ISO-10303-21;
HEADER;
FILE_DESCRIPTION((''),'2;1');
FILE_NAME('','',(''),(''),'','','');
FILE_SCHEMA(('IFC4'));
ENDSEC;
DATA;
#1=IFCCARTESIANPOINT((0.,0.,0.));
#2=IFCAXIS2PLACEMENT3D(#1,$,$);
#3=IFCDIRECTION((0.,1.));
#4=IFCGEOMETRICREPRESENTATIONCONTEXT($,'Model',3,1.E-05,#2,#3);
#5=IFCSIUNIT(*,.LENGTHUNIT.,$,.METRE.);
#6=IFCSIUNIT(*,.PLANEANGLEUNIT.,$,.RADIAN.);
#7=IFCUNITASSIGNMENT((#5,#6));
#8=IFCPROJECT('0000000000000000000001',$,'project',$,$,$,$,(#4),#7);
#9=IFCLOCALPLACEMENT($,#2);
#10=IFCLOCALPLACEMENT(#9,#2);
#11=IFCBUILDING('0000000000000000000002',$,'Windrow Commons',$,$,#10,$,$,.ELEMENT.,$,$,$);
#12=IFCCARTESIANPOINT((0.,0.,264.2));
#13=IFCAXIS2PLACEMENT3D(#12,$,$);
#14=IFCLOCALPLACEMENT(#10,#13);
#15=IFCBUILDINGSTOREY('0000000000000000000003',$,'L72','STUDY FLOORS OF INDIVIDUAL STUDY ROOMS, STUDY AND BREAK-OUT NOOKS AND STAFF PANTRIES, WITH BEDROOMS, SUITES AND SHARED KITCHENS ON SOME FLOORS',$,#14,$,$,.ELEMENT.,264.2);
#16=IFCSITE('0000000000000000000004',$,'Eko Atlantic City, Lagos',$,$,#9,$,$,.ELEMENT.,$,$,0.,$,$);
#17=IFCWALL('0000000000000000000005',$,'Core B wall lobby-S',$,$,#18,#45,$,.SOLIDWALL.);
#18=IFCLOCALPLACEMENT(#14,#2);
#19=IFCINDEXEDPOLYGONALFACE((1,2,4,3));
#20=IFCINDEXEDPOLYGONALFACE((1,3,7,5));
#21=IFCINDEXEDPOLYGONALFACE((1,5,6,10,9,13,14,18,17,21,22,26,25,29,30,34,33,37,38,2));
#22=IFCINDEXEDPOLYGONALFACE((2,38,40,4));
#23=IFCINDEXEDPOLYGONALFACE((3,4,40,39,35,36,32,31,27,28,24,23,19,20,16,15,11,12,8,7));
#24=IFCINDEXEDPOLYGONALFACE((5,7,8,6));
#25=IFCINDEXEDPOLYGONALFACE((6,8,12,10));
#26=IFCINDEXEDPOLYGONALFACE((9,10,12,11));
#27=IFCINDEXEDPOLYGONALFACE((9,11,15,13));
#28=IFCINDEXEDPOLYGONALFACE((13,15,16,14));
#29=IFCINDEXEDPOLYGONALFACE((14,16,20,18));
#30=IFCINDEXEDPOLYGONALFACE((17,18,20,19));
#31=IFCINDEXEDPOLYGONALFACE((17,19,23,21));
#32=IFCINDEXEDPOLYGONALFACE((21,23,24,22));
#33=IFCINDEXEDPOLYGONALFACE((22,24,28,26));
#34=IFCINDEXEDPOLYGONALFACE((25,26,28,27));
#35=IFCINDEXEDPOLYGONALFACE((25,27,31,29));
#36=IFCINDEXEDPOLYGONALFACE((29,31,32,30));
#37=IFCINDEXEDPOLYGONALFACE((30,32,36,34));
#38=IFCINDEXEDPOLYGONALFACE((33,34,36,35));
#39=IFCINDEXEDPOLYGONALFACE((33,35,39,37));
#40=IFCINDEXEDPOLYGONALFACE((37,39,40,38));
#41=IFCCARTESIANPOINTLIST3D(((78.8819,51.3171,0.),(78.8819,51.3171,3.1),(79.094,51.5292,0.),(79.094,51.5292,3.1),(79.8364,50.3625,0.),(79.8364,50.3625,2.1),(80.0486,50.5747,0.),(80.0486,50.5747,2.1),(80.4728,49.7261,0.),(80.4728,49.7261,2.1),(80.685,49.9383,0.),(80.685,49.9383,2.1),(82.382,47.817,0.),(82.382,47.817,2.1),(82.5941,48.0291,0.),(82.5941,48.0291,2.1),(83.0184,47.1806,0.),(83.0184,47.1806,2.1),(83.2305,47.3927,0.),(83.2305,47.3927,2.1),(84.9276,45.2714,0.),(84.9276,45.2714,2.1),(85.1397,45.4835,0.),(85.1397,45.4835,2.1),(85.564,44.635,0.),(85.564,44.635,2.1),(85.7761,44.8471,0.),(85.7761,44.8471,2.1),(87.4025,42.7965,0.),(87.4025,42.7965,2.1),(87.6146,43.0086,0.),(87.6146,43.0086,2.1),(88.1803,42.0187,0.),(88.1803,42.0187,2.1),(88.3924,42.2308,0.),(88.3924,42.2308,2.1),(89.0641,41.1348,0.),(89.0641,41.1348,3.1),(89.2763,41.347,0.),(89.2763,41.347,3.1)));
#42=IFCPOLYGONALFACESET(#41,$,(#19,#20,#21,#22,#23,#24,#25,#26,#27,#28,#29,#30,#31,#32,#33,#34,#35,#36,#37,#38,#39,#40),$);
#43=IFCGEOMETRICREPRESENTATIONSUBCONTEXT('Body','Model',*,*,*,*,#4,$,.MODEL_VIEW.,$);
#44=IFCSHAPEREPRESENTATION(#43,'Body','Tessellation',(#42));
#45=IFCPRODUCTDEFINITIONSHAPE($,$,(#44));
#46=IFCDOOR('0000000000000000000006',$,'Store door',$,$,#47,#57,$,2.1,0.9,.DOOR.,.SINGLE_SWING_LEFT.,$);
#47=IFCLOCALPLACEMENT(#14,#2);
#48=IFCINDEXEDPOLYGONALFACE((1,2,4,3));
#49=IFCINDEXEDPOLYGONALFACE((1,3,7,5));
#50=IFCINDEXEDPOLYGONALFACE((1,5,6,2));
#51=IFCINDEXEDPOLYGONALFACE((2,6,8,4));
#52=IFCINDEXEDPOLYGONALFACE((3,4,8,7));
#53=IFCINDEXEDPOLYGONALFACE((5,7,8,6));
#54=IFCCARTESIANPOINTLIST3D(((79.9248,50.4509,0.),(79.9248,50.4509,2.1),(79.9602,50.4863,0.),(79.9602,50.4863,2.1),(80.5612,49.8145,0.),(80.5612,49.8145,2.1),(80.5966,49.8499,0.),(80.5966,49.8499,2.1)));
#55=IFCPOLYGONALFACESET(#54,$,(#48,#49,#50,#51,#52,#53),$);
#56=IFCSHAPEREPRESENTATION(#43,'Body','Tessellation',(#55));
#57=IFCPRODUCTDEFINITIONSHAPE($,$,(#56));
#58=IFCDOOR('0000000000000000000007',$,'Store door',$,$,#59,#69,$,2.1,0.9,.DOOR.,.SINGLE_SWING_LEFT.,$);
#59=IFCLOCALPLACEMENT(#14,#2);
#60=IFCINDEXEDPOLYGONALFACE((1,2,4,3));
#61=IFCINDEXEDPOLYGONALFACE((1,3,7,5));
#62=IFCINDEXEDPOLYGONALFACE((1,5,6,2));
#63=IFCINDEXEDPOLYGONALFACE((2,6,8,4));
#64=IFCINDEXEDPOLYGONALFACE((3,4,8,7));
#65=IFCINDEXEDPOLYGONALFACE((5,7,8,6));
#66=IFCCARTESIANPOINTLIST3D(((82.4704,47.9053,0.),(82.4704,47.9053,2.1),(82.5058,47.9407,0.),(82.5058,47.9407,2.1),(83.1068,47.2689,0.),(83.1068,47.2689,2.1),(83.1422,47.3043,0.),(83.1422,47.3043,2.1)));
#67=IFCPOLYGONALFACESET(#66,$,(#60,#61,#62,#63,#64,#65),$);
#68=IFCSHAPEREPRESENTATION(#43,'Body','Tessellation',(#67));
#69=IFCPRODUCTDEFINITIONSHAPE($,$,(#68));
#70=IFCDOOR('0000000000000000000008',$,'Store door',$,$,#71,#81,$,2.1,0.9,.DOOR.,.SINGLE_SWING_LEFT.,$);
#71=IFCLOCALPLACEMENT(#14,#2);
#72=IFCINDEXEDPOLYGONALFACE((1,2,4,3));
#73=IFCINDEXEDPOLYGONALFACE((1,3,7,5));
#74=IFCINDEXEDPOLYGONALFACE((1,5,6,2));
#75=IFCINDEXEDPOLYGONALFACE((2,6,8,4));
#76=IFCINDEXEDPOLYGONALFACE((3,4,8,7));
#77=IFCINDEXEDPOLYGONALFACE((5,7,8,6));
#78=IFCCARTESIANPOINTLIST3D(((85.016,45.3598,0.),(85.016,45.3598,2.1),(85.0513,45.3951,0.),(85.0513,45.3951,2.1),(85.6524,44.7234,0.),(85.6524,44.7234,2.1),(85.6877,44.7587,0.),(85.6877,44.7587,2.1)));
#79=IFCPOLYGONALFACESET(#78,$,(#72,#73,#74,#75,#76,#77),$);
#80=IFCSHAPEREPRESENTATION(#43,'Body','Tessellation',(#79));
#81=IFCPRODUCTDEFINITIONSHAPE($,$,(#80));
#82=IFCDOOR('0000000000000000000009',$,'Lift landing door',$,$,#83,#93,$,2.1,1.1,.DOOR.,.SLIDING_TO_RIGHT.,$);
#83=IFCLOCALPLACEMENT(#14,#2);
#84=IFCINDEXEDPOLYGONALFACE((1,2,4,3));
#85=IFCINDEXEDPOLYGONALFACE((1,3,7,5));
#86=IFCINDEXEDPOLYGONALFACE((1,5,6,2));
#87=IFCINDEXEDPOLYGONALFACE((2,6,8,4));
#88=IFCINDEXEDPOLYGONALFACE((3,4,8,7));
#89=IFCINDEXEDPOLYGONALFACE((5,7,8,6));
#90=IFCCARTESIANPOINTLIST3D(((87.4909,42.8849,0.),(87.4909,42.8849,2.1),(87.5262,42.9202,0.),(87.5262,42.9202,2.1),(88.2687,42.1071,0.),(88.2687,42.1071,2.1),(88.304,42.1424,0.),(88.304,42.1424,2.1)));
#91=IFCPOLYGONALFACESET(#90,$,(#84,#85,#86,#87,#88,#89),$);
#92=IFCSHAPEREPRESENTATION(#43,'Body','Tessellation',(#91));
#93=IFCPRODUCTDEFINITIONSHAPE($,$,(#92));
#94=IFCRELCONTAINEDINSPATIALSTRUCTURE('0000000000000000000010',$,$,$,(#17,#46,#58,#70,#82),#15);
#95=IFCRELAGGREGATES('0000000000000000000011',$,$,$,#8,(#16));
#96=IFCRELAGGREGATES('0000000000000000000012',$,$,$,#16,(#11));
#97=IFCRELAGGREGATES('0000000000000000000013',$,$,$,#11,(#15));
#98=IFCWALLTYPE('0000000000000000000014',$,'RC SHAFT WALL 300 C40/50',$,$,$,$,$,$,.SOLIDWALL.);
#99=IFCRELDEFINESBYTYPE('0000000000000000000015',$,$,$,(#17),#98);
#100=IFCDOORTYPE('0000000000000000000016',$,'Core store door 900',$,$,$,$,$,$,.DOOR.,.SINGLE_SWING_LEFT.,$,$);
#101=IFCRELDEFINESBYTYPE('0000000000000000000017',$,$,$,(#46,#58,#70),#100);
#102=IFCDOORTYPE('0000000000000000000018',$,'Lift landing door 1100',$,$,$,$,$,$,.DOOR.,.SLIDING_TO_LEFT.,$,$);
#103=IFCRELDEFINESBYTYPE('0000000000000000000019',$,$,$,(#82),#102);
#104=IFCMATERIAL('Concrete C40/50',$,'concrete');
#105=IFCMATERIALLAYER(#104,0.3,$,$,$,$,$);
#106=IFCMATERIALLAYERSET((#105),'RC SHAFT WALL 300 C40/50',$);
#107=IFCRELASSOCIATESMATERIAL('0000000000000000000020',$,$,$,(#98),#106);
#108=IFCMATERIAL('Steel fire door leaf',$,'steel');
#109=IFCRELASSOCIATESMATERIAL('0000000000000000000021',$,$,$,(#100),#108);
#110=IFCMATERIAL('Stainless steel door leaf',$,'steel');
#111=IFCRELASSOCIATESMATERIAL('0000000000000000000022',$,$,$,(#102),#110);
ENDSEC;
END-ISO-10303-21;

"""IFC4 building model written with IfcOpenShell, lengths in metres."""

from ifc_helpers import new_model, si_unit, direction, frame, frame_2d, origin, place, context, subcontext, project, spatial, rectangle, extrude, material, layer, layer_set, type_object, element, fill, save


model = new_model("IFC4")

# Units and contexts
model_context = context("Model", 3, precision=1e-05, world=origin(), true_north=direction((0.0, 1.0)))
body_context = subcontext(model_context, "Body", "Model", "MODEL_VIEW")
ifc_project = project(units=[si_unit("LENGTHUNIT", "METRE"), si_unit("PLANEANGLEUNIT", "RADIAN")], contexts=[model_context])

# Site, building, storey
site_placement = place(None, origin())
site = spatial("IfcSite", under=ifc_project, at=site_placement, Name="Eko Atlantic City, Lagos", CompositionType="ELEMENT", RefElevation=0.0)
building_placement = place(site_placement, origin())
building = spatial("IfcBuilding", under=site, at=building_placement, Name="Windrow Commons", CompositionType="ELEMENT")
storey_placement = place(building_placement, frame((0.0, 0.0, 264.2)))
storey = spatial("IfcBuildingStorey", under=building, at=storey_placement, Name="L72", Description="STUDY FLOORS OF INDIVIDUAL STUDY ROOMS, STUDY AND BREAK-OUT NOOKS AND STAFF PANTRIES, WITH BEDROOMS, SUITES AND SHARED KITCHENS ON SOME FLOORS", CompositionType="ELEMENT", Elevation=264.2)

# Shared definitions
ifc_material_1 = material(Name="Concrete C40/50", Category="concrete")
ifc_layer_1 = layer(ifc_material_1, 0.3)
ifc_layer_set_1 = layer_set([ifc_layer_1], Name="RC SHAFT WALL 300 C40/50")
wall_type_1 = type_object("IfcWallType", Name="RC SHAFT WALL 300 C40/50", PredefinedType="SOLIDWALL", material=ifc_layer_set_1)

# Wall, openings, doors
wall_1_placement = place(storey_placement, frame((78.9879, 51.4232, 0.0), z_axis=(0.0, 0.0, 1.0), x_axis=(0.707107, -0.707107, 0.0)))
wall_1 = element("IfcWall", 1, at=wall_1_placement, inside=storey, type_object=wall_type_1, Name="Core B wall lobby-S", PredefinedType="SOLIDWALL", context=body_context, shape_type="SweptSolid", body=[
    extrude(rectangle(XDim=14.3999, YDim=0.3, at=frame_2d((7.2, 0.0))), origin(), (0.0, 0.0, 1.0), 3.1),
])
opening_1_placement = place(wall_1_placement, frame((1.35, 0.0, 0.0)))
opening_1 = element("IfcOpeningElement", 2, at=opening_1_placement, cuts=wall_1, PredefinedType="OPENING", context=body_context, shape_type="SweptSolid", body=[
    extrude(rectangle(XDim=0.9, YDim=2.1, at=frame_2d((0.45, 1.05))), frame((0.0, 0.16, 0.0), z_axis=(0.0, -1.0, 0.0), x_axis=(1.0, 0.0, 0.0)), (0.0, 0.0, 1.0), 0.32),
])
opening_2_placement = place(wall_1_placement, frame((4.95, 0.0, 0.0)))
opening_2 = element("IfcOpeningElement", 3, at=opening_2_placement, cuts=wall_1, PredefinedType="OPENING", context=body_context, shape_type="SweptSolid", body=[
    extrude(rectangle(XDim=0.9, YDim=2.1, at=frame_2d((0.45, 1.05))), frame((0.0, 0.16, 0.0), z_axis=(0.0, -1.0, 0.0), x_axis=(1.0, 0.0, 0.0)), (0.0, 0.0, 1.0), 0.32),
])
opening_3_placement = place(wall_1_placement, frame((8.55, 0.0, 0.0)))
opening_3 = element("IfcOpeningElement", 4, at=opening_3_placement, cuts=wall_1, PredefinedType="OPENING", context=body_context, shape_type="SweptSolid", body=[
    extrude(rectangle(XDim=0.9, YDim=2.1, at=frame_2d((0.45, 1.05))), frame((0.0, 0.16, 0.0), z_axis=(0.0, -1.0, 0.0), x_axis=(1.0, 0.0, 0.0)), (0.0, 0.0, 1.0), 0.32),
])
opening_4_placement = place(wall_1_placement, frame((12.05, 0.0, 0.0)))
opening_4 = element("IfcOpeningElement", 5, at=opening_4_placement, cuts=wall_1, PredefinedType="OPENING", context=body_context, shape_type="SweptSolid", body=[
    extrude(rectangle(XDim=1.1, YDim=2.1, at=frame_2d((0.55, 1.05))), frame((0.0, 0.16, 0.0), z_axis=(0.0, -1.0, 0.0), x_axis=(1.0, 0.0, 0.0)), (0.0, 0.0, 1.0), 0.32),
])
ifc_material_2 = material(Name="Steel fire door leaf", Category="steel")
door_type_1 = type_object("IfcDoorType", Name="Core store door 900", OperationType="SINGLE_SWING_LEFT", PredefinedType="DOOR", material=ifc_material_2)
door_1_placement = place(opening_1_placement, origin())
door_1 = element("IfcDoor", 6, at=door_1_placement, inside=storey, type_object=door_type_1, Name="Store door", OperationType="SINGLE_SWING_LEFT", OverallHeight=2.1, OverallWidth=0.9, PredefinedType="DOOR", context=body_context, shape_type="SweptSolid", body=[
    extrude(rectangle(XDim=0.9, YDim=2.1, at=frame_2d((0.45, 1.05))), frame((0.0, 0.025, 0.0), z_axis=(0.0, -1.0, 0.0), x_axis=(1.0, 0.0, 0.0)), (0.0, 0.0, 1.0), 0.05),
])
fill(opening_1, door_1)
door_2_placement = place(opening_2_placement, origin())
door_2 = element("IfcDoor", 7, at=door_2_placement, inside=storey, type_object=door_type_1, Name="Store door", OperationType="SINGLE_SWING_LEFT", OverallHeight=2.1, OverallWidth=0.9, PredefinedType="DOOR", context=body_context, shape_type="SweptSolid", body=[
    extrude(rectangle(XDim=0.9, YDim=2.1, at=frame_2d((0.45, 1.05))), frame((0.0, 0.025, 0.0), z_axis=(0.0, -1.0, 0.0), x_axis=(1.0, 0.0, 0.0)), (0.0, 0.0, 1.0), 0.05),
])
fill(opening_2, door_2)
door_3_placement = place(opening_3_placement, origin())
door_3 = element("IfcDoor", 8, at=door_3_placement, inside=storey, type_object=door_type_1, Name="Store door", OperationType="SINGLE_SWING_LEFT", OverallHeight=2.1, OverallWidth=0.9, PredefinedType="DOOR", context=body_context, shape_type="SweptSolid", body=[
    extrude(rectangle(XDim=0.9, YDim=2.1, at=frame_2d((0.45, 1.05))), frame((0.0, 0.025, 0.0), z_axis=(0.0, -1.0, 0.0), x_axis=(1.0, 0.0, 0.0)), (0.0, 0.0, 1.0), 0.05),
])
fill(opening_3, door_3)
ifc_material_3 = material(Name="Stainless steel door leaf", Category="steel")
door_type_2 = type_object("IfcDoorType", Name="Lift landing door 1100", OperationType="SLIDING_TO_LEFT", PredefinedType="DOOR", material=ifc_material_3)
door_4_placement = place(opening_4_placement, origin())
door_4 = element("IfcDoor", 9, at=door_4_placement, inside=storey, type_object=door_type_2, Name="Lift landing door", OperationType="SLIDING_TO_RIGHT", OverallHeight=2.1, OverallWidth=1.1, PredefinedType="DOOR", context=body_context, shape_type="SweptSolid", body=[
    extrude(rectangle(XDim=1.1, YDim=2.1, at=frame_2d((0.55, 1.05))), frame((0.0, 0.025, 0.0), z_axis=(0.0, -1.0, 0.0), x_axis=(1.0, 0.0, 0.0)), (0.0, 0.0, 1.0), 0.05),
])
fill(opening_4, door_4)

save(model, "model.ifc")
